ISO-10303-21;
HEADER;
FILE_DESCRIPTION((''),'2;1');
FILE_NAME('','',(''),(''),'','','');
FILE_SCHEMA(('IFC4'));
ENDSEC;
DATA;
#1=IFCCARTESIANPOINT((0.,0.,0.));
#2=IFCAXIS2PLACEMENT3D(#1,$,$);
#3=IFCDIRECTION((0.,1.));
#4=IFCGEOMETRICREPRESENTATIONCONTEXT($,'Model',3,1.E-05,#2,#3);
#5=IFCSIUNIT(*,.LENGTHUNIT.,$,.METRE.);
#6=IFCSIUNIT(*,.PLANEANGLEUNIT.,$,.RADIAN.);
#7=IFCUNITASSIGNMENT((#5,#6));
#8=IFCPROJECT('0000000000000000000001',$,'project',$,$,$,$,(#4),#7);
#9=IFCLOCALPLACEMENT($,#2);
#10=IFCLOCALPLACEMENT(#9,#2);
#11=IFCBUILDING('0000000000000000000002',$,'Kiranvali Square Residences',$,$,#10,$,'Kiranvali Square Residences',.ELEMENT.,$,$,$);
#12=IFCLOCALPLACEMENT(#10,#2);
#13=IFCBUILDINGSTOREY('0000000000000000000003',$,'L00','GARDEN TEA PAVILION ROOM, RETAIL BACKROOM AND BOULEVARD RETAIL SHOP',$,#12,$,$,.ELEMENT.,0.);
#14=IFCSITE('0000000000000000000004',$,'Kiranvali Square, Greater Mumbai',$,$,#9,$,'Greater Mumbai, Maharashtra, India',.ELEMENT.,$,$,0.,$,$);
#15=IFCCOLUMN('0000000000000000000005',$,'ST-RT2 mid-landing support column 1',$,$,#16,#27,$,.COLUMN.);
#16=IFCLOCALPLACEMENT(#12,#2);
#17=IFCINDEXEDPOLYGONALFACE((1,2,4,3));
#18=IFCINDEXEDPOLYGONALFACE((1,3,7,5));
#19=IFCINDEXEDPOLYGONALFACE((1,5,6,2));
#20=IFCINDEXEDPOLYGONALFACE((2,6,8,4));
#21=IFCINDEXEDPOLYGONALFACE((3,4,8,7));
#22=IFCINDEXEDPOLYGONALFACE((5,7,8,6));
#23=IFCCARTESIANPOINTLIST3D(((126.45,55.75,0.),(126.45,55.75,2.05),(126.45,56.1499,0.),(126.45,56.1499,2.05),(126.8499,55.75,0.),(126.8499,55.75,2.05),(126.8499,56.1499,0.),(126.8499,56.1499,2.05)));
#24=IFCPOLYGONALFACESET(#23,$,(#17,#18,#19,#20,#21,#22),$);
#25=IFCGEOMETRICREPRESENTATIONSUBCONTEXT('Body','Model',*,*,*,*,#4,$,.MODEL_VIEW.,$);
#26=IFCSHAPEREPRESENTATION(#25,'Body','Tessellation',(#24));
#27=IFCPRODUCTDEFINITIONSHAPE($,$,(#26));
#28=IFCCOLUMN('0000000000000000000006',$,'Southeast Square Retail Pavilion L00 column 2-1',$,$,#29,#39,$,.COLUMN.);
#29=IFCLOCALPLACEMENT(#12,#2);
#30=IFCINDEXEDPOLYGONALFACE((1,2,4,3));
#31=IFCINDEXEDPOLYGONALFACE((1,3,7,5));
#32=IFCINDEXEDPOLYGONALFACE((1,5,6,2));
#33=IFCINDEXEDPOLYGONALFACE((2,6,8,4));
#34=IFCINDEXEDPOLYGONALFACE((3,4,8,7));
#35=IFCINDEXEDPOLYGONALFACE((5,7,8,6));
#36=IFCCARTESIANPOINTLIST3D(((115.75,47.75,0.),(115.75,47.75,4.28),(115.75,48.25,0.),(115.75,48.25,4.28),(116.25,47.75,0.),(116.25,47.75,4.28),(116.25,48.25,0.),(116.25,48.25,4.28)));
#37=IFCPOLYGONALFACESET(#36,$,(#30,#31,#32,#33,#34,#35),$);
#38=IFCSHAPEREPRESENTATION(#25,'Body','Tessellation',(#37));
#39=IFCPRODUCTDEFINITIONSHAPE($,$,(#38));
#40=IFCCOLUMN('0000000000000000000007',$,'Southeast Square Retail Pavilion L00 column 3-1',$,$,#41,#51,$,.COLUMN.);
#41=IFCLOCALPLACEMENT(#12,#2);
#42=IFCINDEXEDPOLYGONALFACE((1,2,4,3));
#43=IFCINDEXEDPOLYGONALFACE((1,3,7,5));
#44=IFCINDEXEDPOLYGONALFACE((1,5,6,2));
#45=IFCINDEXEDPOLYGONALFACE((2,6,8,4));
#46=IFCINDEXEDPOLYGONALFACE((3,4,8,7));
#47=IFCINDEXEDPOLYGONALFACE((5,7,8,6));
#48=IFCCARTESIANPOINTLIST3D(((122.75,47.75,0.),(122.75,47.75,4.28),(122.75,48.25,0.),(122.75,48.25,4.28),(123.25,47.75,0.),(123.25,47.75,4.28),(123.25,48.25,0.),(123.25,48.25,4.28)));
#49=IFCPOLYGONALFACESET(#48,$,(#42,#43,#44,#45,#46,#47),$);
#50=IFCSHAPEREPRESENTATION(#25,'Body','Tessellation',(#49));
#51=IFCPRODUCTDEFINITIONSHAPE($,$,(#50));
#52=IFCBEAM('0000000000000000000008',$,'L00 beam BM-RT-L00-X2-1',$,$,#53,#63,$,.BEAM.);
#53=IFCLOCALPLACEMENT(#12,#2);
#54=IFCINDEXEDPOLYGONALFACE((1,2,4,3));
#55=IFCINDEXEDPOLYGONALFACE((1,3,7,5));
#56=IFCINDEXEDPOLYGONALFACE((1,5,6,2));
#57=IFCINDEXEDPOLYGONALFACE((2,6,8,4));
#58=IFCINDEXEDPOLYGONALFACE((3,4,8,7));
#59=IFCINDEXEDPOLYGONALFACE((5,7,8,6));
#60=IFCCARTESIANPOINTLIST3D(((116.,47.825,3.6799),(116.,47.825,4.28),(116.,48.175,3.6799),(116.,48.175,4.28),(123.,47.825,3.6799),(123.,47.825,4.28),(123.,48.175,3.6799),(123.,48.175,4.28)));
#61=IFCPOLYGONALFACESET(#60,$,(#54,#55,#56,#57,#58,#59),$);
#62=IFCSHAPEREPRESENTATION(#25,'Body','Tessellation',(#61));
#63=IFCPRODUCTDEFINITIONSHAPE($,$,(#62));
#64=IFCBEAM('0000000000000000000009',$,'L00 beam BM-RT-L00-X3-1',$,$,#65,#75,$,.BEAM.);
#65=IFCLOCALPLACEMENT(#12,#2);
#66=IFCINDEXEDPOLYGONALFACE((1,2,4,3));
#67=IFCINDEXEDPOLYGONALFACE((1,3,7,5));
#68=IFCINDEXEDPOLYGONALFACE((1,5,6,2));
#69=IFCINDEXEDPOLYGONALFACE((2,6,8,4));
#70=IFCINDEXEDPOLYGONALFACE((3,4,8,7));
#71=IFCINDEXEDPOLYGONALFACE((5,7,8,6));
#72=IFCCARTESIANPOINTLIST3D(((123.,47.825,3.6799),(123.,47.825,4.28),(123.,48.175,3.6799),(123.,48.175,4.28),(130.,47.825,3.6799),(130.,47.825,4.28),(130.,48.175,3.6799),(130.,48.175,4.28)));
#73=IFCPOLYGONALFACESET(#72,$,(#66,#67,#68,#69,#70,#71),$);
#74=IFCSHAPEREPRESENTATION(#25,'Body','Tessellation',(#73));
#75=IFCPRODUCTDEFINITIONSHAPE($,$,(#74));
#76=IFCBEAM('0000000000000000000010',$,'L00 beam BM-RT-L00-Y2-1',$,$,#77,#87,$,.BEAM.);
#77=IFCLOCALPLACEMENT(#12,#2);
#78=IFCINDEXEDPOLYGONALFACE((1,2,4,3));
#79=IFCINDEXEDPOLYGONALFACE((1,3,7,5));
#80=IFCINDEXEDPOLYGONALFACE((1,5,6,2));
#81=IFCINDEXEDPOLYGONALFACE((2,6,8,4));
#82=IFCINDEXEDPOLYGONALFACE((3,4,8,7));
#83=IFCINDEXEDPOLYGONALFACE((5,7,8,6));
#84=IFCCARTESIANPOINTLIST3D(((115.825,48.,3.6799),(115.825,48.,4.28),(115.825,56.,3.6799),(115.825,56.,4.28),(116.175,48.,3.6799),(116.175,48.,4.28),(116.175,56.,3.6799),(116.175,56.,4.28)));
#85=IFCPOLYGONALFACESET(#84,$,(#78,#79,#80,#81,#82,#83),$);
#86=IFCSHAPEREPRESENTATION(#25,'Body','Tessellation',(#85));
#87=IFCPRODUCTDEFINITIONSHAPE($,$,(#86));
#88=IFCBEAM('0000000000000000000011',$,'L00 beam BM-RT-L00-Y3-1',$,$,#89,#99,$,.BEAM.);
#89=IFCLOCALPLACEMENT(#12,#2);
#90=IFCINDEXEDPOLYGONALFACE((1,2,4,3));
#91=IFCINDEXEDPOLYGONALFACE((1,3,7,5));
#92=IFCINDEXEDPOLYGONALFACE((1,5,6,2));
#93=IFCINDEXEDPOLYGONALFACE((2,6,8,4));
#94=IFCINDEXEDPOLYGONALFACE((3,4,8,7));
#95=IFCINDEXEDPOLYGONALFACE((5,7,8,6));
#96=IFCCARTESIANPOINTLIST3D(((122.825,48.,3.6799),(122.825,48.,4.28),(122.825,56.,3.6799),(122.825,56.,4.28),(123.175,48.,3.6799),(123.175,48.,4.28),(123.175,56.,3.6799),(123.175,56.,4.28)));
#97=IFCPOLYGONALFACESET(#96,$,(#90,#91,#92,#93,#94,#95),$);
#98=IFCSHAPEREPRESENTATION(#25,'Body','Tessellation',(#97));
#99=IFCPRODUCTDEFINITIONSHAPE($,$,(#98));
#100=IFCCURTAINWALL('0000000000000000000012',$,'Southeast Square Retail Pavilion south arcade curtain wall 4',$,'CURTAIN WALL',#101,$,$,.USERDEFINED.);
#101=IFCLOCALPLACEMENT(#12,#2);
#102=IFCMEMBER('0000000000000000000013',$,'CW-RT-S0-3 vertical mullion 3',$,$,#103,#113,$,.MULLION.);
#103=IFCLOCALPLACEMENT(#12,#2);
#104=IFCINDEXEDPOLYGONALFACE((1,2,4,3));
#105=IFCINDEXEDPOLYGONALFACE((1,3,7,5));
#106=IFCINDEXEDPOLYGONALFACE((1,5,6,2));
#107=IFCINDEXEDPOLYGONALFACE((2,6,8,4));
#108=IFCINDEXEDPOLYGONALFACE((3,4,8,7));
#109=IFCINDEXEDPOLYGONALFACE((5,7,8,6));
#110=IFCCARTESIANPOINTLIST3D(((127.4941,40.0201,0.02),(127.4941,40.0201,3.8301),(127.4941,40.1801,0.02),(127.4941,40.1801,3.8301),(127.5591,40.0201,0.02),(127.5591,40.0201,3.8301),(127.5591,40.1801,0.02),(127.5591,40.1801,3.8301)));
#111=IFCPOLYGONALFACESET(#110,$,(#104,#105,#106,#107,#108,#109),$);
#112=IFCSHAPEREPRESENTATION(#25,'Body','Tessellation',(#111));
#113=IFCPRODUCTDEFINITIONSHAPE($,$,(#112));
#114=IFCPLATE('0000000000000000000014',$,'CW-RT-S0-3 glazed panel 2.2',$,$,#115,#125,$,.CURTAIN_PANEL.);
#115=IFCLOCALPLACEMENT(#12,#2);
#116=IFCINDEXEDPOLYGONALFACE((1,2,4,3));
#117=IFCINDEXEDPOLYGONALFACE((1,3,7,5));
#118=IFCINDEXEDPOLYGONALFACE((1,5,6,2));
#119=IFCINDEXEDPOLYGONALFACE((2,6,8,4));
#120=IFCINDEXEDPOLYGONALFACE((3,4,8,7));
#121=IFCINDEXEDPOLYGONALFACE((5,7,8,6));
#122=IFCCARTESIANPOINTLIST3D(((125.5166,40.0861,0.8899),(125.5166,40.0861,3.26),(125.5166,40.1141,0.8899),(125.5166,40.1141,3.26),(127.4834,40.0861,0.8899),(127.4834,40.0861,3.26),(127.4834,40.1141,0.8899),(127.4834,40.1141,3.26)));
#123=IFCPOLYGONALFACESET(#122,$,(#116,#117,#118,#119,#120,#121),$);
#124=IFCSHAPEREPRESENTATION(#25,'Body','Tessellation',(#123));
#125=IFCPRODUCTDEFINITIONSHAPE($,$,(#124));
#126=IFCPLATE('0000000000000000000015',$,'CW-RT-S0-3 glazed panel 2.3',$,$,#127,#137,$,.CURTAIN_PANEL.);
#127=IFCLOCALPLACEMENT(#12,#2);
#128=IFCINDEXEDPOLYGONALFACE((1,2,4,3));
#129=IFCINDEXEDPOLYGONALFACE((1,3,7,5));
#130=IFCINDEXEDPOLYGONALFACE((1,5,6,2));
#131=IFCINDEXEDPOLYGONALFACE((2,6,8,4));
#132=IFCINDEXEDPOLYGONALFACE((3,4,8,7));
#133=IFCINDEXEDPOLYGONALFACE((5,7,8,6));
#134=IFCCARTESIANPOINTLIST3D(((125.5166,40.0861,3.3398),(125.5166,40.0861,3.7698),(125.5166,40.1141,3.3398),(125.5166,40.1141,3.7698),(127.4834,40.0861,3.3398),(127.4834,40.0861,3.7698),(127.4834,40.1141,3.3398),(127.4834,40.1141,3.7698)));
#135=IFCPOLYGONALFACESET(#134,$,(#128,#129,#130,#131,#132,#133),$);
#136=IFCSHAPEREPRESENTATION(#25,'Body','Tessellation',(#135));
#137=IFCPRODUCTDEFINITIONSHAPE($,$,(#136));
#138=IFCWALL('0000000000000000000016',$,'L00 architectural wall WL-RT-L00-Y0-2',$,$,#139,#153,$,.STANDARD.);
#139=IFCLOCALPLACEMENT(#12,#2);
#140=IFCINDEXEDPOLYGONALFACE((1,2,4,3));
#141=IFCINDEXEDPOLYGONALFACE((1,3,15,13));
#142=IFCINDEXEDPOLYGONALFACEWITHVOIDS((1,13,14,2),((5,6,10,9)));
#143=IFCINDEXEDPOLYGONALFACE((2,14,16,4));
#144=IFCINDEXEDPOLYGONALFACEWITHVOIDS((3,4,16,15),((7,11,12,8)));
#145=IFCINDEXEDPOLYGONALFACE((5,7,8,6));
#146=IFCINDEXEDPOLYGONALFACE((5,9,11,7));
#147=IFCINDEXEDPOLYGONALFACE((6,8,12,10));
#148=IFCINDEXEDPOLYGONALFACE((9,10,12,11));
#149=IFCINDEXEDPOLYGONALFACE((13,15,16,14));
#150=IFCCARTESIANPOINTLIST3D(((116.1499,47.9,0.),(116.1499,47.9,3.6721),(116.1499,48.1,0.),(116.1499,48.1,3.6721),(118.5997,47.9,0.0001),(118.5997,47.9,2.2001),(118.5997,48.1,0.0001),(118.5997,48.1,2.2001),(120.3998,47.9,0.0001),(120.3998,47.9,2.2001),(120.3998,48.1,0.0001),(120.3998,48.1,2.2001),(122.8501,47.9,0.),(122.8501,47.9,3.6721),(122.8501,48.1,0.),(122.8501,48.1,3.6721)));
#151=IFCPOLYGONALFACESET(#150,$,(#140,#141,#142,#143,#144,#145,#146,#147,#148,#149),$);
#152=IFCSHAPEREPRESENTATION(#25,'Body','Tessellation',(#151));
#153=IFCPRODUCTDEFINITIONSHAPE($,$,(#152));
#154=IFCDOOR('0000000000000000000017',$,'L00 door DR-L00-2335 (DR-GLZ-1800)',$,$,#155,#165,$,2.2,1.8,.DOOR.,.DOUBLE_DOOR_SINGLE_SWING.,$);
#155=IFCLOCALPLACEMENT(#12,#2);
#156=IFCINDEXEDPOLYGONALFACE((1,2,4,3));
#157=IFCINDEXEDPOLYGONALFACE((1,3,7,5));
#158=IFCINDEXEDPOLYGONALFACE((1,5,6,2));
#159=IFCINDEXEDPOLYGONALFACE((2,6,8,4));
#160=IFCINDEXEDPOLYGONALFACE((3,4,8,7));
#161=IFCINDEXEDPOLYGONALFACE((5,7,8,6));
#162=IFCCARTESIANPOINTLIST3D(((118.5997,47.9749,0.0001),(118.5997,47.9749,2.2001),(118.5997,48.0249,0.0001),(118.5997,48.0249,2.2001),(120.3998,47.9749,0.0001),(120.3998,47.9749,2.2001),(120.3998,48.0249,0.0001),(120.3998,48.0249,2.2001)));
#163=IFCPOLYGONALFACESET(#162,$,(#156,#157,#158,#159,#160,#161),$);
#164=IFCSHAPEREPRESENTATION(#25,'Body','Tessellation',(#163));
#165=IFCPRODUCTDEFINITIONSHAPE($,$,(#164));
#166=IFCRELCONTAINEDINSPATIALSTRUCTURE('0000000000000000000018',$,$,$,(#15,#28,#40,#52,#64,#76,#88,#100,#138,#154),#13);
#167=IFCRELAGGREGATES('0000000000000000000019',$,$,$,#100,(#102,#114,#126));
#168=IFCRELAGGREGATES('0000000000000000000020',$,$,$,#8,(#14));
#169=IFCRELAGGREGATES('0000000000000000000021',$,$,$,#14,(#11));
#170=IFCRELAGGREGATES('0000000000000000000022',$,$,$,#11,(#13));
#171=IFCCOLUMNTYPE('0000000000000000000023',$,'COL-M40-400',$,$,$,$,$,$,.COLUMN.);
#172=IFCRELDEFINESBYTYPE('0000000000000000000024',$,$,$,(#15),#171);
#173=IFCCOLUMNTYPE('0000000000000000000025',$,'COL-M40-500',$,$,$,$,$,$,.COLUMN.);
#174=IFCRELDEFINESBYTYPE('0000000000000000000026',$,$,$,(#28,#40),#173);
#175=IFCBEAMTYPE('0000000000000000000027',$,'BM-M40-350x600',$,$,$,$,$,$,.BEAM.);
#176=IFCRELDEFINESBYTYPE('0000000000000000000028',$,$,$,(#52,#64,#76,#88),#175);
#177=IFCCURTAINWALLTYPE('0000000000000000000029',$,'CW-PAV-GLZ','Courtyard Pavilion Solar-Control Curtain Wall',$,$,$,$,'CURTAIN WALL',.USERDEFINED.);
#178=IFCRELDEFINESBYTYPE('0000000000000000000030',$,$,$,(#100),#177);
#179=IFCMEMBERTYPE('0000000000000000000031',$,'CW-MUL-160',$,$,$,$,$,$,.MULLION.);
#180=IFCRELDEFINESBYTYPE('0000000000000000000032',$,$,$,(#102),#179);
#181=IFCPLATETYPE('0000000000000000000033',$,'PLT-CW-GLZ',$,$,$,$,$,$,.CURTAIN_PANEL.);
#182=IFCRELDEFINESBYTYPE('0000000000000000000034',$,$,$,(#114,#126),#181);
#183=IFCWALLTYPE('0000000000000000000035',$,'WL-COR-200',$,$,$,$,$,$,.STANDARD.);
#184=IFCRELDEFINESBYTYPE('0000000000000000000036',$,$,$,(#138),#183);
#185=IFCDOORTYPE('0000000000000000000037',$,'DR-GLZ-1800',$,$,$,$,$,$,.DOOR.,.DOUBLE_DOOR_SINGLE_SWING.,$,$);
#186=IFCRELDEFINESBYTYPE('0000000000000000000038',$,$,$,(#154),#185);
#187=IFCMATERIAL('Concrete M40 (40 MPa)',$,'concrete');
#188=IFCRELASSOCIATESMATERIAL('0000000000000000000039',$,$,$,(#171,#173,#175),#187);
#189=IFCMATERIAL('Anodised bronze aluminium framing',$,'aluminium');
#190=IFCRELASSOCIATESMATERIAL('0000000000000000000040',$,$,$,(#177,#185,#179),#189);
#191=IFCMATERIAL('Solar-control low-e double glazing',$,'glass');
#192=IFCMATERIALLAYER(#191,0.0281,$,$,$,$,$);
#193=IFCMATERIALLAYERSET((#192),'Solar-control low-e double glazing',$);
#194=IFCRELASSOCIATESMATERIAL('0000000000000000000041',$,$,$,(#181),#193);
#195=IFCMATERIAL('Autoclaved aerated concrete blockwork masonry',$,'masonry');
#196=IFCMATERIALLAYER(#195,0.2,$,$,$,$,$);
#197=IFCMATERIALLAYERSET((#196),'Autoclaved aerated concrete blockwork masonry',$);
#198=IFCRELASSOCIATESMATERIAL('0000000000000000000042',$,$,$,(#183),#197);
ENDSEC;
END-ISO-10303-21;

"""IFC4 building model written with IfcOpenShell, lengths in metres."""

from ifc_helpers import new_model, si_unit, direction, frame, frame_2d, origin, origin_2d, place, context, subcontext, project, spatial, rectangle, extrude, material, layer, layer_set, material_profile, profile_set, type_object, element, fill, aggregate, save


model = new_model("IFC4")

# Units and contexts
model_context = context("Model", 3, precision=1e-05, world=origin(), true_north=direction((0.0, 1.0)))
body_context = subcontext(model_context, "Body", "Model", "MODEL_VIEW")
ifc_project = project(units=[si_unit("LENGTHUNIT", "METRE"), si_unit("PLANEANGLEUNIT", "RADIAN")], contexts=[model_context])

# Site, building, storey
site_placement = place(None, origin())
site = spatial("IfcSite", under=ifc_project, at=site_placement, Name="Kiranvali Square, Greater Mumbai", LongName="Greater Mumbai, Maharashtra, India", CompositionType="ELEMENT", RefElevation=0.0)
building_placement = place(site_placement, origin())
building = spatial("IfcBuilding", under=site, at=building_placement, Name="Kiranvali Square Residences", LongName="Kiranvali Square Residences", CompositionType="ELEMENT")
storey_placement = place(building_placement, origin())
storey = spatial("IfcBuildingStorey", under=building, at=storey_placement, Name="L00", Description="GARDEN TEA PAVILION ROOM, RETAIL BACKROOM AND BOULEVARD RETAIL SHOP", CompositionType="ELEMENT", Elevation=0.0)

# Columns
ifc_material_1 = material(Name="Concrete M40 (40 MPa)", Category="concrete")
ifc_material_profile_1 = material_profile(ifc_material_1, rectangle(XDim=0.3999, YDim=0.3999, at=origin_2d()), Name="RC 400x400")
ifc_profile_set_1 = profile_set([ifc_material_profile_1], Name="Concrete M40 (40 MPa)")
column_type_1 = type_object("IfcColumnType", Name="COL-M40-400", PredefinedType="COLUMN", material=ifc_profile_set_1)
column_placement = place(storey_placement, frame((126.6499, 55.95, 0.0), z_axis=(0.0, 0.0, 1.0), x_axis=(1.0, 0.0, 0.0)))
element("IfcColumn", 1, at=column_placement, inside=storey, type_object=column_type_1, Name="ST-RT2 mid-landing support column 1", PredefinedType="COLUMN", context=body_context, shape_type="SweptSolid", body=[
    extrude(rectangle(XDim=0.3999, YDim=0.3999, at=origin_2d()), origin(), (0.0, 0.0, 1.0), 2.05),
])
ifc_material_profile_2 = material_profile(ifc_material_1, rectangle(XDim=0.5, YDim=0.5, at=origin_2d()), Name="RC 500x500")
ifc_profile_set_2 = profile_set([ifc_material_profile_2], Name="Concrete M40 (40 MPa)")
column_type_2 = type_object("IfcColumnType", Name="COL-M40-500", PredefinedType="COLUMN", material=ifc_profile_set_2)
for number, where, z_axis, x_axis, name in (
    (2, (116.0, 48.0, 0.0), (0.0, 0.0, 1.0), (1.0, 0.0, 0.0), "Southeast Square Retail Pavilion L00 column 2-1"),
    (3, (123.0, 48.0, 0.0), (0.0, 0.0, 1.0), (1.0, 0.0, 0.0), "Southeast Square Retail Pavilion L00 column 3-1"),
):
    element("IfcColumn", number, at=place(storey_placement, frame(where, z_axis=z_axis, x_axis=x_axis)), inside=storey, type_object=column_type_2, Name=name, PredefinedType="COLUMN", context=body_context, shape_type="SweptSolid", body=[
        extrude(rectangle(XDim=0.5, YDim=0.5, at=origin_2d()), origin(), (0.0, 0.0, 1.0), 4.28),
    ])

# Beams
ifc_material_profile_3 = material_profile(ifc_material_1, rectangle(XDim=0.3501, YDim=0.6001, at=origin_2d()), Name="RC 350x600")
ifc_profile_set_3 = profile_set([ifc_material_profile_3], Name="Concrete M40 (40 MPa)")
beam_type = type_object("IfcBeamType", Name="BM-M40-350x600", PredefinedType="BEAM", material=ifc_profile_set_3)
for number, where, z_axis, x_axis, name in (
    (4, (116.0, 48.0, 3.98), (1.0, 0.0, 0.0), (0.0, 1.0, 0.0), "L00 beam BM-RT-L00-X2-1"),
    (5, (123.0, 48.0, 3.98), (1.0, 0.0, 0.0), (0.0, 1.0, 0.0), "L00 beam BM-RT-L00-X3-1"),
):
    element("IfcBeam", number, at=place(storey_placement, frame(where, z_axis=z_axis, x_axis=x_axis)), inside=storey, type_object=beam_type, Name=name, PredefinedType="BEAM", context=body_context, shape_type="SweptSolid", body=[
        extrude(rectangle(XDim=0.3501, YDim=0.6001, at=origin_2d()), origin(), (0.0, 0.0, 1.0), 7.0),
    ])
for number, where, z_axis, x_axis, name in (
    (6, (116.0, 48.0, 3.98), (0.0, 1.0, 0.0), (-1.0, 0.0, 0.0), "L00 beam BM-RT-L00-Y2-1"),
    (7, (123.0, 48.0, 3.98), (0.0, 1.0, 0.0), (-1.0, 0.0, 0.0), "L00 beam BM-RT-L00-Y3-1"),
):
    element("IfcBeam", number, at=place(storey_placement, frame(where, z_axis=z_axis, x_axis=x_axis)), inside=storey, type_object=beam_type, Name=name, PredefinedType="BEAM", context=body_context, shape_type="SweptSolid", body=[
        extrude(rectangle(XDim=0.3501, YDim=0.6001, at=origin_2d()), origin(), (0.0, 0.0, 1.0), 8.0),
    ])

# Curtain wall, member, plates
ifc_material_2 = material(Name="Anodised bronze aluminium framing", Category="aluminium")
curtain_wall_type = type_object("IfcCurtainWallType", Name="CW-PAV-GLZ", Description="Courtyard Pavilion Solar-Control Curtain Wall", ElementType="CURTAIN WALL", PredefinedType="USERDEFINED", material=ifc_material_2)
curtain_wall_placement = place(storey_placement, origin())
curtain_wall = element("IfcCurtainWall", 8, at=curtain_wall_placement, inside=storey, type_object=curtain_wall_type, Name="Southeast Square Retail Pavilion south arcade curtain wall 4", ObjectType="CURTAIN WALL", PredefinedType="USERDEFINED")
ifc_material_profile_4 = material_profile(ifc_material_2, rectangle(XDim=0.0649, YDim=0.1599, at=origin_2d()), Name="ALU 65x160")
ifc_profile_set_4 = profile_set([ifc_material_profile_4], Name="Anodised bronze aluminium framing")
member_type = type_object("IfcMemberType", Name="CW-MUL-160", PredefinedType="MULLION", material=ifc_profile_set_4)
member_placement = place(storey_placement, frame((127.5266, 40.1001, 0.02), z_axis=(0.0, 0.0, 1.0), x_axis=(1.0, 0.0, 0.0)))
member = element("IfcMember", 9, at=member_placement, type_object=member_type, Name="CW-RT-S0-3 vertical mullion 3", PredefinedType="MULLION", context=body_context, shape_type="SweptSolid", body=[
    extrude(rectangle(XDim=0.0649, YDim=0.1599, at=origin_2d()), origin(), (0.0, 0.0, 1.0), 3.8101),
])
ifc_material_3 = material(Name="Solar-control low-e double glazing", Category="glass")
ifc_layer_1 = layer(ifc_material_3, 0.0281)
ifc_layer_set_1 = layer_set([ifc_layer_1], Name="Solar-control low-e double glazing")
plate_type = type_object("IfcPlateType", Name="PLT-CW-GLZ", PredefinedType="CURTAIN_PANEL", material=ifc_layer_set_1)
plate_1_placement = place(storey_placement, frame((126.5, 40.1001, 0.8899), z_axis=(0.0, 0.0, 1.0), x_axis=(1.0, 0.0, 0.0)))
plate_1 = element("IfcPlate", 10, at=plate_1_placement, type_object=plate_type, Name="CW-RT-S0-3 glazed panel 2.2", PredefinedType="CURTAIN_PANEL", context=body_context, shape_type="SweptSolid", body=[
    extrude(rectangle(XDim=1.9668, YDim=0.0281, at=origin_2d()), origin(), (0.0, 0.0, 1.0), 2.3701),
])
plate_2_placement = place(storey_placement, frame((126.5, 40.1001, 3.3398), z_axis=(0.0, 0.0, 1.0), x_axis=(1.0, 0.0, 0.0)))
plate_2 = element("IfcPlate", 11, at=plate_2_placement, type_object=plate_type, Name="CW-RT-S0-3 glazed panel 2.3", PredefinedType="CURTAIN_PANEL", context=body_context, shape_type="SweptSolid", body=[
    extrude(rectangle(XDim=1.9668, YDim=0.0281, at=origin_2d()), origin(), (0.0, 0.0, 1.0), 0.4299),
])
aggregate(curtain_wall, [member, plate_1, plate_2])

# Wall, opening, door
ifc_material_4 = material(Name="Autoclaved aerated concrete blockwork masonry", Category="masonry")
ifc_layer_2 = layer(ifc_material_4, 0.2)
ifc_layer_set_2 = layer_set([ifc_layer_2], Name="Autoclaved aerated concrete blockwork masonry")
wall_type_1 = type_object("IfcWallType", Name="WL-COR-200", PredefinedType="STANDARD", material=ifc_layer_set_2)
wall_1_placement = place(storey_placement, frame((116.1499, 48.0, 0.0), z_axis=(0.0, 0.0, 1.0), x_axis=(1.0, 0.0, 0.0)))
wall_1 = element("IfcWall", 12, at=wall_1_placement, inside=storey, type_object=wall_type_1, Name="L00 architectural wall WL-RT-L00-Y0-2", PredefinedType="STANDARD", context=body_context, shape_type="SweptSolid", body=[
    extrude(rectangle(XDim=6.7002, YDim=0.2, at=frame_2d((3.3501, 0.0))), origin(), (0.0, 0.0, 1.0), 3.6721),
])
opening_1_placement = place(wall_1_placement, frame((2.45, 0.0, 0.0)))
opening_1 = element("IfcOpeningElement", 13, at=opening_1_placement, cuts=wall_1, PredefinedType="OPENING", context=body_context, shape_type="SweptSolid", body=[
    extrude(rectangle(XDim=1.8, YDim=2.2, at=frame_2d((0.8999, 1.1001))), frame((0.0, 0.1099, 0.0), z_axis=(0.0, -1.0, 0.0), x_axis=(1.0, 0.0, 0.0)), (0.0, 0.0, 1.0), 0.22),
])
door_type_1 = type_object("IfcDoorType", Name="DR-GLZ-1800", OperationType="DOUBLE_DOOR_SINGLE_SWING", PredefinedType="DOOR", material=ifc_material_2)
door_1_placement = place(opening_1_placement, origin())
door_1 = element("IfcDoor", 14, at=door_1_placement, inside=storey, type_object=door_type_1, Name="L00 door DR-L00-2335 (DR-GLZ-1800)", OperationType="DOUBLE_DOOR_SINGLE_SWING", OverallHeight=2.2, OverallWidth=1.8, PredefinedType="DOOR", context=body_context, shape_type="SweptSolid", body=[
    extrude(rectangle(XDim=1.8, YDim=2.2, at=frame_2d((0.8999, 1.1001))), frame((0.0, 0.0249, 0.0), z_axis=(0.0, -1.0, 0.0), x_axis=(1.0, 0.0, 0.0)), (0.0, 0.0, 1.0), 0.05),
])
fill(opening_1, door_1)

save(model, "model.ifc")
